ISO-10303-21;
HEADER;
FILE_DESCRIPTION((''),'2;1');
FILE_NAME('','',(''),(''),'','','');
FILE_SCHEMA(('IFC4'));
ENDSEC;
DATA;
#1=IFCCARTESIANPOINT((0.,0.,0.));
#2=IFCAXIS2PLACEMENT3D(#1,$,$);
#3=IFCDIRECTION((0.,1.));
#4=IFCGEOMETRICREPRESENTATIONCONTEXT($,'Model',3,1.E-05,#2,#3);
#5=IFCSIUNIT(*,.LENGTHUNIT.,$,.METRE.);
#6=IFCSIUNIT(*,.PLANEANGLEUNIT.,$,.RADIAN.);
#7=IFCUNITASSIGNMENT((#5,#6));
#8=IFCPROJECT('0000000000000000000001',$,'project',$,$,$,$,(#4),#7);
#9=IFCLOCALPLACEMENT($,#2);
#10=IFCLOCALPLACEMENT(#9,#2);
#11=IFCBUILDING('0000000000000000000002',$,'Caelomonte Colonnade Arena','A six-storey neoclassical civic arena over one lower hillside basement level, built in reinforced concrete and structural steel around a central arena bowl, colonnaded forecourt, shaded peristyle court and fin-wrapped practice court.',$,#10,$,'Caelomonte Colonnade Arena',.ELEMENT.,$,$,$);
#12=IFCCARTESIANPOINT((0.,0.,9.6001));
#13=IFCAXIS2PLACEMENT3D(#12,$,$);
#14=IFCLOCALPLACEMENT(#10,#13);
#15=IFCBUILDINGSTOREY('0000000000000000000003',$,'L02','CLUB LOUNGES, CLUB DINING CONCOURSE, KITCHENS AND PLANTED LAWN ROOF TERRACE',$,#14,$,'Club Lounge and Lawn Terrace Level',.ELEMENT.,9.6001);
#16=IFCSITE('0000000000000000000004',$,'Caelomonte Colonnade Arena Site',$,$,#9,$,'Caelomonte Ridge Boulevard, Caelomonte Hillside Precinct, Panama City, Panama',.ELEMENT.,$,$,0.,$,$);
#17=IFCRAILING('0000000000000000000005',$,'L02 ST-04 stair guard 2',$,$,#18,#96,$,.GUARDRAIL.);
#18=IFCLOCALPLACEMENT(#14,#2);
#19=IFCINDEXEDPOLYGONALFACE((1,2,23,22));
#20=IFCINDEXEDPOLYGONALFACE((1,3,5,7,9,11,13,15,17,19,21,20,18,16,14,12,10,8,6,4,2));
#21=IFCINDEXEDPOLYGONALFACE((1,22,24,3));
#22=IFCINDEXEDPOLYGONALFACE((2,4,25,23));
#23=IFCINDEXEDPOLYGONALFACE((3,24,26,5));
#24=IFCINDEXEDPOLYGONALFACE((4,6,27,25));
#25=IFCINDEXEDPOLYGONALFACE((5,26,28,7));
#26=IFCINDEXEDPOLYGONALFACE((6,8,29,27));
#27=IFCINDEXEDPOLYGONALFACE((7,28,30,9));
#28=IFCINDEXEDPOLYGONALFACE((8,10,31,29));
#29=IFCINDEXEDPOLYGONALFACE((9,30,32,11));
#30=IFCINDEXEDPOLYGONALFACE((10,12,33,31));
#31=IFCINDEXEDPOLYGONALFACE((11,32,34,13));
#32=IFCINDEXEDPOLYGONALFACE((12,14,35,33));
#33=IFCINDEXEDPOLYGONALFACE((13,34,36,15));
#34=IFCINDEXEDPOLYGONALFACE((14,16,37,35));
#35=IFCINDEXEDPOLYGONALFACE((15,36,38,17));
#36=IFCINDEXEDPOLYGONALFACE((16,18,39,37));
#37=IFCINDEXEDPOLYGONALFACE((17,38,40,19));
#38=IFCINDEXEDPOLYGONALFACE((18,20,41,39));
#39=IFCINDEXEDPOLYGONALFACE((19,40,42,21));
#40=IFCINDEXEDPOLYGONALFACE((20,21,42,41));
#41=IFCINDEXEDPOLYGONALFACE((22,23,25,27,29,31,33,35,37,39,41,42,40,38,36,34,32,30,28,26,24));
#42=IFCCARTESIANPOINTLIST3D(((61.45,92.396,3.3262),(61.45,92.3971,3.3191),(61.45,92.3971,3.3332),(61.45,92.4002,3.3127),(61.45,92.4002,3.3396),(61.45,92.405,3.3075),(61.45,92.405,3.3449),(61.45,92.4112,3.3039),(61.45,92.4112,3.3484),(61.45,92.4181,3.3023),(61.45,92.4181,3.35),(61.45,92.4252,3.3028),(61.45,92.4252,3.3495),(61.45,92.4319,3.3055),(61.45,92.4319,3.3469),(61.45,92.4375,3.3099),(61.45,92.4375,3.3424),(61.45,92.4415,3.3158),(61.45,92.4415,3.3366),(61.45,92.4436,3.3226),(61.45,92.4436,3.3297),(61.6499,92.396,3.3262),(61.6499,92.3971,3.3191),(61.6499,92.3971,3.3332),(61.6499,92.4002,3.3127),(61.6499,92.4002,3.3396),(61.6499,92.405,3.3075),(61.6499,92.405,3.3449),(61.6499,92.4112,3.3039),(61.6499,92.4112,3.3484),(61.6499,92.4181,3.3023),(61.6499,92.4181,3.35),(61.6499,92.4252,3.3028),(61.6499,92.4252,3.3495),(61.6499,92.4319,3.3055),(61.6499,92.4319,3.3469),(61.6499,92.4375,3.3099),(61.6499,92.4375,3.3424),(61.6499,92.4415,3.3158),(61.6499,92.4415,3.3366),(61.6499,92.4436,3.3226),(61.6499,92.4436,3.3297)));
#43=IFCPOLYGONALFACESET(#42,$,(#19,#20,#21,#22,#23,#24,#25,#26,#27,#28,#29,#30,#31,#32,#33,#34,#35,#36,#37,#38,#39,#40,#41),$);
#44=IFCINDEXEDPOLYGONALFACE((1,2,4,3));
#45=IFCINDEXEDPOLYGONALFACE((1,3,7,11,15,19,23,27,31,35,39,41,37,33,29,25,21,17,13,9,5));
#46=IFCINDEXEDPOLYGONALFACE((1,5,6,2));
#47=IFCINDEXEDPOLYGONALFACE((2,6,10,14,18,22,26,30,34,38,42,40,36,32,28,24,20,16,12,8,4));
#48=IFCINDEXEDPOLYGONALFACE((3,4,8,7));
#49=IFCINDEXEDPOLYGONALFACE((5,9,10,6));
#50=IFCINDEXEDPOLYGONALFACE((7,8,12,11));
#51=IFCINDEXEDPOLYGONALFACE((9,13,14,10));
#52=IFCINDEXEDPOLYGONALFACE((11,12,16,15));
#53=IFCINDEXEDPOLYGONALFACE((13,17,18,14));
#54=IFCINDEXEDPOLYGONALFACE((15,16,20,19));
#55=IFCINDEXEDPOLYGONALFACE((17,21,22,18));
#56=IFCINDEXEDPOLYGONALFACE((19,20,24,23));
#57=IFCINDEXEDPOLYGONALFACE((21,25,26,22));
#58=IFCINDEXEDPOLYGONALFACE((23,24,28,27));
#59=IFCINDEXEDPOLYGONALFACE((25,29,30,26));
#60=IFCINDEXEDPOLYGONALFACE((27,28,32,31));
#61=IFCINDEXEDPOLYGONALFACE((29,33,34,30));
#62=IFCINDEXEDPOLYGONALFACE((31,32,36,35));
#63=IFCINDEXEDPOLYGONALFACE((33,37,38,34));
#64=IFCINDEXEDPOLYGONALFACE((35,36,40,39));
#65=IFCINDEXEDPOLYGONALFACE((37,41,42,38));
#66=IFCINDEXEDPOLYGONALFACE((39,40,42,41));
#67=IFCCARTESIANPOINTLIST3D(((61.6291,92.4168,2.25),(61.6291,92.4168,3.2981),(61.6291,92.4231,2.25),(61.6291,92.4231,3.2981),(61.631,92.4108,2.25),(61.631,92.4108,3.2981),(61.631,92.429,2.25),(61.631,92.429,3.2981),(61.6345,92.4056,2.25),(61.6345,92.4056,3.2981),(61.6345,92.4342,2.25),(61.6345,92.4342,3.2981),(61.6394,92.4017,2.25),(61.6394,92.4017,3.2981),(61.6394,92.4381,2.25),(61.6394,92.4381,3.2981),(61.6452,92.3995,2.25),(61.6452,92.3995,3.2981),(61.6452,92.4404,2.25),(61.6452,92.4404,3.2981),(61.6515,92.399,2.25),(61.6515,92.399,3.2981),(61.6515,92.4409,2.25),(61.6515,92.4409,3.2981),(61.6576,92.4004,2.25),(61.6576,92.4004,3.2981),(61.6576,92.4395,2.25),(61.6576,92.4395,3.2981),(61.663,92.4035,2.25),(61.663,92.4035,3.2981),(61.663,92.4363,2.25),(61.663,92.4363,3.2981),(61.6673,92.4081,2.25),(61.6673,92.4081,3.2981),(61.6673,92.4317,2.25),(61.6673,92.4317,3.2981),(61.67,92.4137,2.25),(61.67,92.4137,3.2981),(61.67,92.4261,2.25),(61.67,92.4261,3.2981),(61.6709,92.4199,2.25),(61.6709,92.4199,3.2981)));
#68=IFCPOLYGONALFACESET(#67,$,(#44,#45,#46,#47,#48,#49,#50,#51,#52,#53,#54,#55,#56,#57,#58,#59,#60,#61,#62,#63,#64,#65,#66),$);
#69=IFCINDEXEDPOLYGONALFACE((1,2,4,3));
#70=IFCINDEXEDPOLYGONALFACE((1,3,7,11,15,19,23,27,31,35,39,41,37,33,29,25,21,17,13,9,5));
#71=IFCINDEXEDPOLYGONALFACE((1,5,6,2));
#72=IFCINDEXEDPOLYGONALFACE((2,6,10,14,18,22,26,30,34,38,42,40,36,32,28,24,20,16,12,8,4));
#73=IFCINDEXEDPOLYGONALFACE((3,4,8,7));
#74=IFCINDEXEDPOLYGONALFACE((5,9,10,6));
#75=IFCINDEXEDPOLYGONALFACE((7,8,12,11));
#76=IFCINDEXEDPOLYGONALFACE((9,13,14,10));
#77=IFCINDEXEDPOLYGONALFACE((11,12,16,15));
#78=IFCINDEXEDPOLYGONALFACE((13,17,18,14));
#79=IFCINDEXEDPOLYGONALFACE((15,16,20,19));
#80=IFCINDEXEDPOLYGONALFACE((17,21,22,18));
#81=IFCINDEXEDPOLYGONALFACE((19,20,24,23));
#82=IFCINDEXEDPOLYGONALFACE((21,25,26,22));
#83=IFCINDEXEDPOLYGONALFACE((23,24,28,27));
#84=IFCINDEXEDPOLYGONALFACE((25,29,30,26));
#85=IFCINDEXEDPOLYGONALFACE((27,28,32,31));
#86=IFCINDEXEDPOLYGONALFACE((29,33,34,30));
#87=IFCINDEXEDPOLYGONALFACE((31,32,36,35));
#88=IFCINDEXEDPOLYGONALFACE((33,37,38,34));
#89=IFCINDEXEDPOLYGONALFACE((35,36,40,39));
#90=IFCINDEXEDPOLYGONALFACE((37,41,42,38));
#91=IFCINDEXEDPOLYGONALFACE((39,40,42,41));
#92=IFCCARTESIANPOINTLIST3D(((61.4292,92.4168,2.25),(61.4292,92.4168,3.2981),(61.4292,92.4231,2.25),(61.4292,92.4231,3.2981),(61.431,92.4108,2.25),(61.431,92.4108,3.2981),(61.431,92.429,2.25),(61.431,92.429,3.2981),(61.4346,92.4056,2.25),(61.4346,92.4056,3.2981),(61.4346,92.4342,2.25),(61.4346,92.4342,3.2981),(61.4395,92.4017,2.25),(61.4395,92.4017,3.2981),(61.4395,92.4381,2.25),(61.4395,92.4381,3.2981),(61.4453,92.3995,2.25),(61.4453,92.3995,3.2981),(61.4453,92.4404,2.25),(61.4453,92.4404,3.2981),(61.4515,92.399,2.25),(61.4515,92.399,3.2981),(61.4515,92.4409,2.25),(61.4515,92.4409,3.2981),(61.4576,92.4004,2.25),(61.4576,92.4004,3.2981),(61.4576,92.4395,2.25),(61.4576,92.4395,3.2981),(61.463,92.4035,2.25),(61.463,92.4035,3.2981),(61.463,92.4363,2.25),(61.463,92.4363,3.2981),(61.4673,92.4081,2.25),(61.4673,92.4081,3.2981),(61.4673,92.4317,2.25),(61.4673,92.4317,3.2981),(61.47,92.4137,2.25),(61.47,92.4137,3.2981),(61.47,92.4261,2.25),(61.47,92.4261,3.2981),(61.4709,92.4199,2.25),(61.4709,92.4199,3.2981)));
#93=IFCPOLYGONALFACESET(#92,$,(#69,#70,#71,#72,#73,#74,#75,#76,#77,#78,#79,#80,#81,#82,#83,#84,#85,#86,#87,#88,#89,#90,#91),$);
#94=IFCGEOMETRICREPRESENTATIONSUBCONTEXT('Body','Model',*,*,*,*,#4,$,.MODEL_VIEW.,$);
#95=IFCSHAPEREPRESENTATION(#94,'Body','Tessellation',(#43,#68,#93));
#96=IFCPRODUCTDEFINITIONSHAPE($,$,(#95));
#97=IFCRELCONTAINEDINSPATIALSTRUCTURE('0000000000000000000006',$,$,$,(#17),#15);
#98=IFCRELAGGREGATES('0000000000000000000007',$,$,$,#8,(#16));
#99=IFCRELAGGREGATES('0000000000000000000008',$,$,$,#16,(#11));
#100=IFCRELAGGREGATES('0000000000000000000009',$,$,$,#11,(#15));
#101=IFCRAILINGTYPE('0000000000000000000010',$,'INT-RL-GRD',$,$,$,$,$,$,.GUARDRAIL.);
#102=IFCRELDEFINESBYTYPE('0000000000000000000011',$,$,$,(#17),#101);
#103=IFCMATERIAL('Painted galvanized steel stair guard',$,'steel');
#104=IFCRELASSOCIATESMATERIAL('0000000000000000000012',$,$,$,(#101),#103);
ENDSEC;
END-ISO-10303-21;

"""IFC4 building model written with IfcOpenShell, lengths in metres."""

from ifc_helpers import new_model, si_unit, direction, frame, origin, origin_2d, place, context, subcontext, project, spatial, circle, extrude, material, type_object, element, save


model = new_model("IFC4")

# Units and contexts
model_context = context("Model", 3, precision=1e-05, world=origin(), true_north=direction((0.0, 1.0)))
body_context = subcontext(model_context, "Body", "Model", "MODEL_VIEW")
ifc_project = project(units=[si_unit("LENGTHUNIT", "METRE"), si_unit("PLANEANGLEUNIT", "RADIAN")], contexts=[model_context])

# Site, building, storey
site_placement = place(None, origin())
site = spatial("IfcSite", under=ifc_project, at=site_placement, Name="Caelomonte Colonnade Arena Site", LongName="Caelomonte Ridge Boulevard, Caelomonte Hillside Precinct, Panama City, Panama", CompositionType="ELEMENT", RefElevation=0.0)
building_placement = place(site_placement, origin())
building = spatial("IfcBuilding", under=site, at=building_placement, Name="Caelomonte Colonnade Arena", Description="A six-storey neoclassical civic arena over one lower hillside basement level, built in reinforced concrete and structural steel around a central arena bowl, colonnaded forecourt, shaded peristyle court and fin-wrapped practice court.", LongName="Caelomonte Colonnade Arena", CompositionType="ELEMENT")
storey_placement = place(building_placement, frame((0.0, 0.0, 9.6001)))
storey = spatial("IfcBuildingStorey", under=building, at=storey_placement, Name="L02", Description="CLUB LOUNGES, CLUB DINING CONCOURSE, KITCHENS AND PLANTED LAWN ROOF TERRACE", LongName="Club Lounge and Lawn Terrace Level", CompositionType="ELEMENT", Elevation=9.6001)

# Railing
ifc_material_1 = material(Name="Painted galvanized steel stair guard", Category="steel")
railing_type_1 = type_object("IfcRailingType", Name="INT-RL-GRD", PredefinedType="GUARDRAIL", material=ifc_material_1)
railing_1_placement = place(storey_placement, frame((61.6499, 92.4199, 2.25)))
element("IfcRailing", 1, at=railing_1_placement, inside=storey, type_object=railing_type_1, Name="L02 ST-04 stair guard 2", PredefinedType="GUARDRAIL", context=body_context, shape_type="SweptSolid", body=[
    extrude(circle(Radius=0.0239, at=origin_2d()), frame((0.0, 0.0, 1.0762), z_axis=(-1.0, 0.0, 0.0), x_axis=(0.0, -1.0, 0.0)), (0.0, 0.0, 1.0), 0.2),
    extrude(circle(Radius=0.021, at=origin_2d()), origin(), (0.0, 0.0, 1.0), 1.0481),
    extrude(circle(Radius=0.021, at=origin_2d()), frame((-0.2, 0.0, 0.0)), (0.0, 0.0, 1.0), 1.0481),
])

save(model, "model.ifc")
